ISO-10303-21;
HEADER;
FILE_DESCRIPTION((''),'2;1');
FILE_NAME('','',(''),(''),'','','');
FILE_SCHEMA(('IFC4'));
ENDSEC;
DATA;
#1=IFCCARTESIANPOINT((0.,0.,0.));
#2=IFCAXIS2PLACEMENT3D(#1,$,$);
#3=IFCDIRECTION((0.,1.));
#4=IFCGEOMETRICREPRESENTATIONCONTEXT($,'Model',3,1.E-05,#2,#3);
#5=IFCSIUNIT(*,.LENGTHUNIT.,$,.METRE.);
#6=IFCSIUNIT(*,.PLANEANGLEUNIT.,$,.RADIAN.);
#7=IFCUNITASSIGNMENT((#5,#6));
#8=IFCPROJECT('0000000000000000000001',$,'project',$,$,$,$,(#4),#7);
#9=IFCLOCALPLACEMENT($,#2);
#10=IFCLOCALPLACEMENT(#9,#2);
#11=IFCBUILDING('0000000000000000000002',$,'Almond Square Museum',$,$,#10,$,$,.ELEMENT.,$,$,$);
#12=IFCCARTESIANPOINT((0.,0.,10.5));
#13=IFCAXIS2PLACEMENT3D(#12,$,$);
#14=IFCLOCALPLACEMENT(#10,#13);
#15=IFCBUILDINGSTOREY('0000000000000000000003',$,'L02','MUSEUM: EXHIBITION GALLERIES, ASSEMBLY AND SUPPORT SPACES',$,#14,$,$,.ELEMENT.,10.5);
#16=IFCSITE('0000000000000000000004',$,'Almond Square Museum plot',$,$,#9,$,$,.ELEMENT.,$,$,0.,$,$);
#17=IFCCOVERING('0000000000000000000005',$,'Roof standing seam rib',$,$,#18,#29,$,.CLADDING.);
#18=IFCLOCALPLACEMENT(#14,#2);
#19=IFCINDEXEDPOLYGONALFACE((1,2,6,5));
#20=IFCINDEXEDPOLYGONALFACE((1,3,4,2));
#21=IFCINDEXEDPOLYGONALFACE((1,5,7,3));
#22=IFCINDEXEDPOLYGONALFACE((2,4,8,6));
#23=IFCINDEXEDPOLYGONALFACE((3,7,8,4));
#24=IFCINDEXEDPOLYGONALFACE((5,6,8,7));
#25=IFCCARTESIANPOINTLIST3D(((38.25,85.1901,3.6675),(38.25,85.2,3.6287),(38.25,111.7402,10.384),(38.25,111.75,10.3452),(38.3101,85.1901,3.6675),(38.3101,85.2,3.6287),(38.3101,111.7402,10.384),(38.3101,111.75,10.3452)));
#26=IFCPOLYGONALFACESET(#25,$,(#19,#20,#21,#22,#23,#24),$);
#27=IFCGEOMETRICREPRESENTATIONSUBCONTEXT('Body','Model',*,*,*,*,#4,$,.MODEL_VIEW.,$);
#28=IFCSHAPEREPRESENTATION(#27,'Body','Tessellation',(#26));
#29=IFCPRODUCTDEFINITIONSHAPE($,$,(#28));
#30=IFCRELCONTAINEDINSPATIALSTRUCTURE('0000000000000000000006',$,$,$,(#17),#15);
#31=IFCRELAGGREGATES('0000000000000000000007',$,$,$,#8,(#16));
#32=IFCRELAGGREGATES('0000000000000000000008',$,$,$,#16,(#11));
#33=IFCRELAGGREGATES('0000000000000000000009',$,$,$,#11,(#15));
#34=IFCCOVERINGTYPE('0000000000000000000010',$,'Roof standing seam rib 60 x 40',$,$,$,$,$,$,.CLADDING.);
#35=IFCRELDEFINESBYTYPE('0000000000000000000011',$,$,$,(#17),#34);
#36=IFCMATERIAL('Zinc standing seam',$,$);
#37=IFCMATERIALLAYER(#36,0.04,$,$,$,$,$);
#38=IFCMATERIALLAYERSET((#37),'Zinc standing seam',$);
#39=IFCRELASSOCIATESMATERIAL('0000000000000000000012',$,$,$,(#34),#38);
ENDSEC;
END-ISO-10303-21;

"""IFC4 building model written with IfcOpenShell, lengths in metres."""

from ifc_helpers import new_model, si_unit, direction, frame, origin, place, context, subcontext, project, spatial, polyline, outline, extrude, material, layer, layer_set, type_object, element, save


model = new_model("IFC4")

# Units and contexts
model_context = context("Model", 3, precision=1e-05, world=origin(), true_north=direction((0.0, 1.0)))
body_context = subcontext(model_context, "Body", "Model", "MODEL_VIEW")
ifc_project = project(units=[si_unit("LENGTHUNIT", "METRE"), si_unit("PLANEANGLEUNIT", "RADIAN")], contexts=[model_context])

# Site, building, storey
site_placement = place(None, origin())
site = spatial("IfcSite", under=ifc_project, at=site_placement, Name="Almond Square Museum plot", CompositionType="ELEMENT", RefElevation=0.0)
building_placement = place(site_placement, origin())
building = spatial("IfcBuilding", under=site, at=building_placement, Name="Almond Square Museum", CompositionType="ELEMENT")
storey_placement = place(building_placement, frame((0.0, 0.0, 10.5)))
storey = spatial("IfcBuildingStorey", under=building, at=storey_placement, Name="L02", Description="MUSEUM: EXHIBITION GALLERIES, ASSEMBLY AND SUPPORT SPACES", CompositionType="ELEMENT", Elevation=10.5)

# Covering
ifc_material_1 = material(Name="Zinc standing seam")
ifc_layer_1 = layer(ifc_material_1, 0.04)
ifc_layer_set_1 = layer_set([ifc_layer_1], Name="Zinc standing seam")
covering_type = type_object("IfcCoveringType", Name="Roof standing seam rib 60 x 40", PredefinedType="CLADDING", material=ifc_layer_set_1)
for number, where, z_axis, x_axis, name in (
    (1, (38.3101, 111.75, 10.3452), (0.0, -0.245251, 0.96946), (-1.0, 0.0, 0.0), "Roof standing seam rib"),
):
    element("IfcCovering", number, at=place(storey_placement, frame(where, z_axis=z_axis, x_axis=x_axis)), inside=storey, type_object=covering_type, Name=name, PredefinedType="CLADDING", context=body_context, shape_type="SweptSolid", body=[
        extrude(outline(polyline([(0.0, 0.0), (0.0601, 0.0), (0.0601, 27.3864), (0.0, 27.3864), (0.0, 0.0)])), origin(), (0.0, 0.0, 1.0), 0.04),
    ])

save(model, "model.ifc")
